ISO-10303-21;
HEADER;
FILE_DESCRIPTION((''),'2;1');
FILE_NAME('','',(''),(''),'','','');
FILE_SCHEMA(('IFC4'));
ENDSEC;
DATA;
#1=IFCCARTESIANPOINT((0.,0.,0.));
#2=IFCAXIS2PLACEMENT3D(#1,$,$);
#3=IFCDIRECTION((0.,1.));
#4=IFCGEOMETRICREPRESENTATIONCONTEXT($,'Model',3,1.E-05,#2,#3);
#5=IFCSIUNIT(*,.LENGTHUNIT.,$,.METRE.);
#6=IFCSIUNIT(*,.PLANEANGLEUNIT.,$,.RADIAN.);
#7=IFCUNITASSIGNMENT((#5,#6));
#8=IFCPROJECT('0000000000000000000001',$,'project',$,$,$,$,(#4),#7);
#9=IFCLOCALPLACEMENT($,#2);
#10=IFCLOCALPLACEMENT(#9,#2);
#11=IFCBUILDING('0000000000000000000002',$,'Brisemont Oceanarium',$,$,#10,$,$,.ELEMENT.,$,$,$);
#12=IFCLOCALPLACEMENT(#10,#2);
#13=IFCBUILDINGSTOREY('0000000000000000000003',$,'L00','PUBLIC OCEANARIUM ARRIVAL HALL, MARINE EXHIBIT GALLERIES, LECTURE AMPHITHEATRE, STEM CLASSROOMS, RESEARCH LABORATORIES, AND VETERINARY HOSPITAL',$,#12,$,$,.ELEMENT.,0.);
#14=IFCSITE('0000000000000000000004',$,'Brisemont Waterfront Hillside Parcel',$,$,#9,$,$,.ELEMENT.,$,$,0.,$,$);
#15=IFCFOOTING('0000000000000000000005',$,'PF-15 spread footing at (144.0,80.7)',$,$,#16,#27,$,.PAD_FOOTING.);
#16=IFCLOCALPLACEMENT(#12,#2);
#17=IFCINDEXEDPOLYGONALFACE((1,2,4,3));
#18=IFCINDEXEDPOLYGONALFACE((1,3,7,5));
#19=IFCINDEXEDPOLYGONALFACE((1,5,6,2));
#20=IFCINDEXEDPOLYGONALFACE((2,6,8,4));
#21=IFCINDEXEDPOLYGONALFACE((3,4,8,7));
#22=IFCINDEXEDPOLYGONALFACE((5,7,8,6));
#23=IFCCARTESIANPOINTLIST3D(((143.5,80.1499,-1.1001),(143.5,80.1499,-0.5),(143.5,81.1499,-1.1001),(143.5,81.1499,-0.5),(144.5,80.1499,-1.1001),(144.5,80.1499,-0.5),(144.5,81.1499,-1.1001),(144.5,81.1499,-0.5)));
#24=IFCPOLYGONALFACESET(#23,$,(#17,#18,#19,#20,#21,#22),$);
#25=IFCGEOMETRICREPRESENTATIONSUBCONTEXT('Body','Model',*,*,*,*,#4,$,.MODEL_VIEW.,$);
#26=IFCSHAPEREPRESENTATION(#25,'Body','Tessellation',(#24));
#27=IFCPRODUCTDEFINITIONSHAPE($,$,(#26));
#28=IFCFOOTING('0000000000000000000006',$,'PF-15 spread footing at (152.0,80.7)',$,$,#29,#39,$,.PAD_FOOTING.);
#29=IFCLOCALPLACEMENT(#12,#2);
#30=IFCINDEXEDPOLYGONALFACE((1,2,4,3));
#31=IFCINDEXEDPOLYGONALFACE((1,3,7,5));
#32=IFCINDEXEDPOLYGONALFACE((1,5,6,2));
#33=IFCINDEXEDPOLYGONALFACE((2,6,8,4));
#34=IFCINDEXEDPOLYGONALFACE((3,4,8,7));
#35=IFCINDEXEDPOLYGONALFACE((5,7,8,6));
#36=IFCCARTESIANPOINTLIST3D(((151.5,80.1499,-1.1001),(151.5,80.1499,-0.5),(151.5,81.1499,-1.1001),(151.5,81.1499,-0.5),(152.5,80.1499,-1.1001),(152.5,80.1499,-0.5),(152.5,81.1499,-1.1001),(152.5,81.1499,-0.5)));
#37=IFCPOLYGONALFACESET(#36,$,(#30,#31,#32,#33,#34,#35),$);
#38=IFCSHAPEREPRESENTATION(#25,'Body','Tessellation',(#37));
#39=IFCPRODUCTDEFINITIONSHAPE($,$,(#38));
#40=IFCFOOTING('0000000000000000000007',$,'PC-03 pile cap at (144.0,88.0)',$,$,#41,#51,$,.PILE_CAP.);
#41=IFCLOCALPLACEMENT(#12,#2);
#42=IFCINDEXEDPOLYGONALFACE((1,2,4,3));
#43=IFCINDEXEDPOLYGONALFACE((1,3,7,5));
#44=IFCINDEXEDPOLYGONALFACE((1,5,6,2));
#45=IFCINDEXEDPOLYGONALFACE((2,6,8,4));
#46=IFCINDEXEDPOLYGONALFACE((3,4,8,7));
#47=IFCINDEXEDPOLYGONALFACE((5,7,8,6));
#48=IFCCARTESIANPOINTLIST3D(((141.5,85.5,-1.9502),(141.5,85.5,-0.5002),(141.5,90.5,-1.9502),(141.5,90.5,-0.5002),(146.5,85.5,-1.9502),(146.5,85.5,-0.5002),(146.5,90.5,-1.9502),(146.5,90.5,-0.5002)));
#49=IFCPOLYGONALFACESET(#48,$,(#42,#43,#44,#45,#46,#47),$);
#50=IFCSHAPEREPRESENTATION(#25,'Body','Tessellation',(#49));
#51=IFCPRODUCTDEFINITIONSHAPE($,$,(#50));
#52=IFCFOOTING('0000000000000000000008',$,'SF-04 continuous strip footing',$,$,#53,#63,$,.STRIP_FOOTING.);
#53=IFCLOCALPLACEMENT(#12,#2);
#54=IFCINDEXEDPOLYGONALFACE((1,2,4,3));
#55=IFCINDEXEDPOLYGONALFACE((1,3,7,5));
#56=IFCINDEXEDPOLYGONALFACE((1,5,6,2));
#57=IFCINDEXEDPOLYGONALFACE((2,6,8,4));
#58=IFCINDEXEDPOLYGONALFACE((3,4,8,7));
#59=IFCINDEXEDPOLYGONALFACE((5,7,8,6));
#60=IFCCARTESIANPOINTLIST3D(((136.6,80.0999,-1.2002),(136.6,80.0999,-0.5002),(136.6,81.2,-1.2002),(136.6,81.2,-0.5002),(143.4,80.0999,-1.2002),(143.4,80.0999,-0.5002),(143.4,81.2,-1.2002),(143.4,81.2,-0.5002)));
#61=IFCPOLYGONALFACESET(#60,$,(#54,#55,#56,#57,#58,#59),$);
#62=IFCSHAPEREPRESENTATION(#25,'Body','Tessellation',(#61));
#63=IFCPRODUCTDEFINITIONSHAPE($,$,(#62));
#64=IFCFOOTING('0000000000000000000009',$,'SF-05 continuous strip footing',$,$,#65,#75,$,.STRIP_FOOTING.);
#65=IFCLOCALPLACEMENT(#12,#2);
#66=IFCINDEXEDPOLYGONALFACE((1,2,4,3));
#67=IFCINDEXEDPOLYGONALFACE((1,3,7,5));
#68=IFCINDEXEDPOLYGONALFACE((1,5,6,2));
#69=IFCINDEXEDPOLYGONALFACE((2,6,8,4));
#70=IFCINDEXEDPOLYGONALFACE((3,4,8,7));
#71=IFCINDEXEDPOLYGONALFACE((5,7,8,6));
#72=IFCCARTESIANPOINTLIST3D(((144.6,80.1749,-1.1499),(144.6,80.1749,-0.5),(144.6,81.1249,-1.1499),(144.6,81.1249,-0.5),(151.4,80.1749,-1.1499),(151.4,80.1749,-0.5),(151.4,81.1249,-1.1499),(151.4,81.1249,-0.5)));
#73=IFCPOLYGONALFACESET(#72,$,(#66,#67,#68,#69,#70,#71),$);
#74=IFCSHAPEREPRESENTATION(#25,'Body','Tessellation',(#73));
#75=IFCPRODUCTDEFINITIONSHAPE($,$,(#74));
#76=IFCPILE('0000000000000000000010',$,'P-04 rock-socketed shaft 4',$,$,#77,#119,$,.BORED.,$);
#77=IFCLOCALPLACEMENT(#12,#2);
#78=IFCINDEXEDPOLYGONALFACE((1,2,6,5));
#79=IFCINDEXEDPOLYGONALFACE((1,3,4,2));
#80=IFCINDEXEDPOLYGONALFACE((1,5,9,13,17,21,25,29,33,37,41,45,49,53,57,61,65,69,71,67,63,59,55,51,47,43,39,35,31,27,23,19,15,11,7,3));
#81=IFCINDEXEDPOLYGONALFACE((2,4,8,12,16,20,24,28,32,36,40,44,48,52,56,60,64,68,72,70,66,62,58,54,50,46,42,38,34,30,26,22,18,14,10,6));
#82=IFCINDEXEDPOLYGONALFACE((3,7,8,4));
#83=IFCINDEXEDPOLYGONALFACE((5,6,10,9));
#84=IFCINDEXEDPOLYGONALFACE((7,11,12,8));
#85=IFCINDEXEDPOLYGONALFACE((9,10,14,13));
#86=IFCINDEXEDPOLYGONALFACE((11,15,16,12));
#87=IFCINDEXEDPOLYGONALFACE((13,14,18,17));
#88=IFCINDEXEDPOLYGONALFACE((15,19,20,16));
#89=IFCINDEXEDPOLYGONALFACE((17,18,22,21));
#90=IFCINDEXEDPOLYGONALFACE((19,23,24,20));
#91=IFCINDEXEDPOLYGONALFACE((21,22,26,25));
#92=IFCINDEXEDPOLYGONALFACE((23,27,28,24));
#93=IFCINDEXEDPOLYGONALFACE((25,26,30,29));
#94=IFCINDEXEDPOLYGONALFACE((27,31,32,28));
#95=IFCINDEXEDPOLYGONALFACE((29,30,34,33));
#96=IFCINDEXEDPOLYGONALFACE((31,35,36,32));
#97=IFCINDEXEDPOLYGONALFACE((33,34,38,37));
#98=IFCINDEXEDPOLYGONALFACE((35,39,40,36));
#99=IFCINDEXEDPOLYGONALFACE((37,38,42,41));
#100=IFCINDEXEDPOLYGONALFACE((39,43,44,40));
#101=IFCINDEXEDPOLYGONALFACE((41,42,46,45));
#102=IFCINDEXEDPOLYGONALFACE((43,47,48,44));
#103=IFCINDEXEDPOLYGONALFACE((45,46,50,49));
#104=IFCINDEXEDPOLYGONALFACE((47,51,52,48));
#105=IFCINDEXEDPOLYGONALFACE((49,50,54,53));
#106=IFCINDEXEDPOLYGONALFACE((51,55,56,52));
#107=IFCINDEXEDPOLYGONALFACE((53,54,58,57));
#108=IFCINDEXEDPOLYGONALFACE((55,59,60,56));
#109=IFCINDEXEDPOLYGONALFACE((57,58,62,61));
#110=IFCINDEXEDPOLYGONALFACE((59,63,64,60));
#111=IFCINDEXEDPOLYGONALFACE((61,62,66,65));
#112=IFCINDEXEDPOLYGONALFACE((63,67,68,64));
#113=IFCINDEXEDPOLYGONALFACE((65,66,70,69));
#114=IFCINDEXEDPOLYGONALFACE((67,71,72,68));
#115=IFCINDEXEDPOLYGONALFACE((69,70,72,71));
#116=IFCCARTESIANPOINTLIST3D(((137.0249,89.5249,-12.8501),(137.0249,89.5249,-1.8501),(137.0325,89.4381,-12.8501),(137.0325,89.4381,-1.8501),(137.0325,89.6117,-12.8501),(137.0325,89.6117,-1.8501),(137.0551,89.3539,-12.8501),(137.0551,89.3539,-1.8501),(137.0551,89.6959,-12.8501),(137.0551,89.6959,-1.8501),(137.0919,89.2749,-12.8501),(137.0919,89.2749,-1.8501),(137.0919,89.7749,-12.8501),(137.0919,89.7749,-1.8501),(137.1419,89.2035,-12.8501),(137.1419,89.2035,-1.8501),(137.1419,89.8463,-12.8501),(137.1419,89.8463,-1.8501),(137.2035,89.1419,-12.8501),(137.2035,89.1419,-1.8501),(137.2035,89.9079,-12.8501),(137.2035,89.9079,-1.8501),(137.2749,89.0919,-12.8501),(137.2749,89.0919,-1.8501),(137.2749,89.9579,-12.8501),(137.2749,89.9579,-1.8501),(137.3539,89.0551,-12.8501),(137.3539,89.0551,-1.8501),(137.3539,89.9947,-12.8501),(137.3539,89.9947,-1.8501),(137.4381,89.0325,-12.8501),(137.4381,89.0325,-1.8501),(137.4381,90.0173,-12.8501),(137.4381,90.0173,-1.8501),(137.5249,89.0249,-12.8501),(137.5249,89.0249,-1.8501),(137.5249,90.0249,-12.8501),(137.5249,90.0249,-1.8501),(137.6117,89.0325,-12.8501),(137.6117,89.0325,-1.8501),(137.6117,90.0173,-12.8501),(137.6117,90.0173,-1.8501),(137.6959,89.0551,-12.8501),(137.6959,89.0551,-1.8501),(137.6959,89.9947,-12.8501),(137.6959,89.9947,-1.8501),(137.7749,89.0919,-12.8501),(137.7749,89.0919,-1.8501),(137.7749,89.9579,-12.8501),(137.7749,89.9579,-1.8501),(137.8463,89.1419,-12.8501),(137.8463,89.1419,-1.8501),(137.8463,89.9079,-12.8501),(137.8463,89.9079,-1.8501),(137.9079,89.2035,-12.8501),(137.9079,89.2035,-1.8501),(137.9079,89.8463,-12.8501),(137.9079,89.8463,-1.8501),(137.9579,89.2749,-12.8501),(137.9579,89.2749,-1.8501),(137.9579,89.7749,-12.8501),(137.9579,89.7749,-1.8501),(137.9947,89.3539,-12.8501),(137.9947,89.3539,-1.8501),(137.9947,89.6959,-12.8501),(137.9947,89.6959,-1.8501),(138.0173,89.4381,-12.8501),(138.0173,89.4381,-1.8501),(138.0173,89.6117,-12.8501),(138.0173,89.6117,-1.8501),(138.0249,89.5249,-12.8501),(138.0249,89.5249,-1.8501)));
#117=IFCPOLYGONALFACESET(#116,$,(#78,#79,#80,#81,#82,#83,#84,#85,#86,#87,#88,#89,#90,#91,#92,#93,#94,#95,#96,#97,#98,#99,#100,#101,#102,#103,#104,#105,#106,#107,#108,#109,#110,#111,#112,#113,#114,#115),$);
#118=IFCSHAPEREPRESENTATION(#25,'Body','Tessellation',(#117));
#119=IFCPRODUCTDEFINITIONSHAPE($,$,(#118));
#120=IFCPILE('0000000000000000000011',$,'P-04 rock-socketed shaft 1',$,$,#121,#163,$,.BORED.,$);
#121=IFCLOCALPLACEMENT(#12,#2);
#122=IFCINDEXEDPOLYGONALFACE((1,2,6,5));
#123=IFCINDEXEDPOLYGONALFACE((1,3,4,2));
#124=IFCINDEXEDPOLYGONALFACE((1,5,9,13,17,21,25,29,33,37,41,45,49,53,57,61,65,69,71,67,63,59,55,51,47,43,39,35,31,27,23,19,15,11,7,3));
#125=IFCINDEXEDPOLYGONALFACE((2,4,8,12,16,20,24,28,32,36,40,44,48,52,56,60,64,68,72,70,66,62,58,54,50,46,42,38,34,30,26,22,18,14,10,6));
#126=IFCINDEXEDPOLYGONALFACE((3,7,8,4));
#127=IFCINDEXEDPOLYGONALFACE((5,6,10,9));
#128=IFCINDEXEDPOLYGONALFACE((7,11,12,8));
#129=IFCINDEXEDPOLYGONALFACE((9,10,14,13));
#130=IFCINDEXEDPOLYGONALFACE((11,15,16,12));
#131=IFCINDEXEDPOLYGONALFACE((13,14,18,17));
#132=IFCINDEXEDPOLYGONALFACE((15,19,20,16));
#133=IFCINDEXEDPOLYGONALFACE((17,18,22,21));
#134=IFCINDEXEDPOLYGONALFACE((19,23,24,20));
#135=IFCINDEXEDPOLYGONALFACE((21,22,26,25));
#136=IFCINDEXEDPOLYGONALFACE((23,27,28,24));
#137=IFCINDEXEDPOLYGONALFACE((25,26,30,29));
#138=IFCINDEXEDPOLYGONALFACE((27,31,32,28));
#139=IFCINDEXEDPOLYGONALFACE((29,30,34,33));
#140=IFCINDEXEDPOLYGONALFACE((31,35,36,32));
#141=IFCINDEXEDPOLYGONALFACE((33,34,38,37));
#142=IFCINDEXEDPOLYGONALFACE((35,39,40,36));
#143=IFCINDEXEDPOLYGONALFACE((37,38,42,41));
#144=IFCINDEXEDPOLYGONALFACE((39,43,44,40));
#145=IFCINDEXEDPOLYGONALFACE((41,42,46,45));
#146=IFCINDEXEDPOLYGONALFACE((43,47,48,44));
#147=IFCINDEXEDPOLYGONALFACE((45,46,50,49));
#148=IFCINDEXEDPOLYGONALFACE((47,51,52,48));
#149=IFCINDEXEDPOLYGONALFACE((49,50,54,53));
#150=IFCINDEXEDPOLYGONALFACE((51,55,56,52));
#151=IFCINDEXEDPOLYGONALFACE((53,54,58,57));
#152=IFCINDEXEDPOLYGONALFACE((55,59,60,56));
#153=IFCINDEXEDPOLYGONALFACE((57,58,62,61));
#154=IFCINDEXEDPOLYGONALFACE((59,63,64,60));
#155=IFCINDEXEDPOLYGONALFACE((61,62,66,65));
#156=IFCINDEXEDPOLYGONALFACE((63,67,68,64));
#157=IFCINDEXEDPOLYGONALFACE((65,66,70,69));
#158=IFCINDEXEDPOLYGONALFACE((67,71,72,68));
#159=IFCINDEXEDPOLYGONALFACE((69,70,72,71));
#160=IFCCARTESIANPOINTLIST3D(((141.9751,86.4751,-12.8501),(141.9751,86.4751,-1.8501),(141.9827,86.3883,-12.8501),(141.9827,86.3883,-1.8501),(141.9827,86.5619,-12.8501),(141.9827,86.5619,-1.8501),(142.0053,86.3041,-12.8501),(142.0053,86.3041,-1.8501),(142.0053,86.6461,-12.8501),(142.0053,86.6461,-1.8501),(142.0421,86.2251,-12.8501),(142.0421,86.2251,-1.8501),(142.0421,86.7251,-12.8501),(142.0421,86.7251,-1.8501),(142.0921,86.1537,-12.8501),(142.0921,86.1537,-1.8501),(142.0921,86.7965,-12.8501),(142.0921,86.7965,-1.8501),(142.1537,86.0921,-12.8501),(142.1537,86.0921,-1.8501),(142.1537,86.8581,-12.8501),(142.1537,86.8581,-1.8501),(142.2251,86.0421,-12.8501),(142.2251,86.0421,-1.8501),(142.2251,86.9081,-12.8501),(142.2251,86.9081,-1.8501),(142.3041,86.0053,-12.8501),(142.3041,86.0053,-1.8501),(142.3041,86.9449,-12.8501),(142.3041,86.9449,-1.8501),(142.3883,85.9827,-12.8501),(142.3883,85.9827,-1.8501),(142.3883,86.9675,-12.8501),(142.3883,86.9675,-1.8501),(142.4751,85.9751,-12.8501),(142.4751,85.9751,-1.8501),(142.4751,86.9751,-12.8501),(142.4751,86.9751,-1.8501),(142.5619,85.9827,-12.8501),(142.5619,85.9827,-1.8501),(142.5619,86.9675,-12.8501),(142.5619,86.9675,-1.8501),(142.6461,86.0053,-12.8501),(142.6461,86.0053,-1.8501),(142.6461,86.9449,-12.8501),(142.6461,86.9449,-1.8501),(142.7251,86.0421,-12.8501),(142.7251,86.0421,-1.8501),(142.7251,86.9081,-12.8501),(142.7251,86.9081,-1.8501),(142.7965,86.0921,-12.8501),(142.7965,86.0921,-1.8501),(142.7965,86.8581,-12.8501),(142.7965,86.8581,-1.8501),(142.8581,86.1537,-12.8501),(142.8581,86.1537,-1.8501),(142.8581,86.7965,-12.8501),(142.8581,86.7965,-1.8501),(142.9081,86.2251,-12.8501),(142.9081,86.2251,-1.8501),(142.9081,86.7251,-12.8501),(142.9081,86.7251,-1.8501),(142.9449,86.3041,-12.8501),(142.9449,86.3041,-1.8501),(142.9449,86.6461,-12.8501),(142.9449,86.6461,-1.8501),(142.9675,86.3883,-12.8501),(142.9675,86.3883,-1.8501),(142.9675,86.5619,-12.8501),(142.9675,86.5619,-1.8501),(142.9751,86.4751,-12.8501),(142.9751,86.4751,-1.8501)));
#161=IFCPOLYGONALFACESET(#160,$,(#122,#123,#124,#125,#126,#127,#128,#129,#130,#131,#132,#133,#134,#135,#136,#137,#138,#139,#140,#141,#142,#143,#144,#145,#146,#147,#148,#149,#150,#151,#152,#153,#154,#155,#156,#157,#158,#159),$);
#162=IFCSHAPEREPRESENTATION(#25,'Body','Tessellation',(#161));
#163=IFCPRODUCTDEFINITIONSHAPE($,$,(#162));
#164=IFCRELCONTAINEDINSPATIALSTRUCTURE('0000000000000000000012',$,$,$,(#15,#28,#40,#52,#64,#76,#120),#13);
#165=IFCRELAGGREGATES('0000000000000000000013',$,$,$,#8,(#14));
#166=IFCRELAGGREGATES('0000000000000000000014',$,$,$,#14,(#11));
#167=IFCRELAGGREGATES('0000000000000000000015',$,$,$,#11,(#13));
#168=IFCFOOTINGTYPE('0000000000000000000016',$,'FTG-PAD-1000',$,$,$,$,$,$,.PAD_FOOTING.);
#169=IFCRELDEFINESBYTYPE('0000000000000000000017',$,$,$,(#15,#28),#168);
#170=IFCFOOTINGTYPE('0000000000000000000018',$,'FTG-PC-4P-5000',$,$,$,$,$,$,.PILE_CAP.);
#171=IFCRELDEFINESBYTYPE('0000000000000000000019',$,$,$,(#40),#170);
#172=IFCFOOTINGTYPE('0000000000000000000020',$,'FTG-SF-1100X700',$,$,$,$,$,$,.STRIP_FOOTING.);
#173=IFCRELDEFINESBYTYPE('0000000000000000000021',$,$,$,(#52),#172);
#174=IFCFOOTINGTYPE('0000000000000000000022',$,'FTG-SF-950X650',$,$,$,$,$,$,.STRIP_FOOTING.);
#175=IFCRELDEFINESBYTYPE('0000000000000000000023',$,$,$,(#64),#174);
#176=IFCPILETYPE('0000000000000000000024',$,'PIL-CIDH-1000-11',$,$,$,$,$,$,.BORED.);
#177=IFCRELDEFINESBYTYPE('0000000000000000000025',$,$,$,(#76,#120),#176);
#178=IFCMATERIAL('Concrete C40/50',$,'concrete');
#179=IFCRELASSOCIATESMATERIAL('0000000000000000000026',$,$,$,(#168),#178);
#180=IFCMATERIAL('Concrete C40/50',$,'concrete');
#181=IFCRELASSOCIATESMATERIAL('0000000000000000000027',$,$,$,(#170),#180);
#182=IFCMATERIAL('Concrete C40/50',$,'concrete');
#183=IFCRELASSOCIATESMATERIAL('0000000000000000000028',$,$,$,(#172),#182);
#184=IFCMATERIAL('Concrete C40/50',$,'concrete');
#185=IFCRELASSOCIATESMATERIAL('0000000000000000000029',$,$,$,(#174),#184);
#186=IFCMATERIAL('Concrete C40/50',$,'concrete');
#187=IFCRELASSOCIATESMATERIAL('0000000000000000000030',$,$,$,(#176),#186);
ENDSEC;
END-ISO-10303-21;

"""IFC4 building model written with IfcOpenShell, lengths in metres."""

from ifc_helpers import new_model, si_unit, direction, frame, origin, origin_2d, place, context, subcontext, project, spatial, rectangle, circle, extrude, material, material_profile, profile_set, type_object, element, save


model = new_model("IFC4")

# Units and contexts
model_context = context("Model", 3, precision=1e-05, world=origin(), true_north=direction((0.0, 1.0)))
body_context = subcontext(model_context, "Body", "Model", "MODEL_VIEW")
ifc_project = project(units=[si_unit("LENGTHUNIT", "METRE"), si_unit("PLANEANGLEUNIT", "RADIAN")], contexts=[model_context])

# Site, building, storey
site_placement = place(None, origin())
site = spatial("IfcSite", under=ifc_project, at=site_placement, Name="Brisemont Waterfront Hillside Parcel", CompositionType="ELEMENT", RefElevation=0.0)
building_placement = place(site_placement, origin())
building = spatial("IfcBuilding", under=site, at=building_placement, Name="Brisemont Oceanarium", CompositionType="ELEMENT")
storey_placement = place(building_placement, origin())
storey = spatial("IfcBuildingStorey", under=building, at=storey_placement, Name="L00", Description="PUBLIC OCEANARIUM ARRIVAL HALL, MARINE EXHIBIT GALLERIES, LECTURE AMPHITHEATRE, STEM CLASSROOMS, RESEARCH LABORATORIES, AND VETERINARY HOSPITAL", CompositionType="ELEMENT", Elevation=0.0)

# Footings
ifc_material_1 = material(Name="Concrete C40/50", Category="concrete")
footing_type_1 = type_object("IfcFootingType", Name="FTG-PAD-1000", PredefinedType="PAD_FOOTING", material=ifc_material_1)
for number, where, z_axis, x_axis, name in (
    (1, (144.0, 80.6499, -1.1001), (0.0, 0.0, 1.0), (1.0, 0.0, 0.0), "PF-15 spread footing at (144.0,80.7)"),
    (2, (152.0, 80.6499, -1.1001), (0.0, 0.0, 1.0), (1.0, 0.0, 0.0), "PF-15 spread footing at (152.0,80.7)"),
):
    element("IfcFooting", number, at=place(storey_placement, frame(where, z_axis=z_axis, x_axis=x_axis)), inside=storey, type_object=footing_type_1, Name=name, PredefinedType="PAD_FOOTING", context=body_context, shape_type="SweptSolid", body=[
        extrude(rectangle(XDim=1.0, YDim=1.0, at=origin_2d()), origin(), (0.0, 0.0, 1.0), 0.6001),
    ])
ifc_material_2 = material(Name="Concrete C40/50", Category="concrete")
footing_type_2 = type_object("IfcFootingType", Name="FTG-PC-4P-5000", PredefinedType="PILE_CAP", material=ifc_material_2)
footing_1_placement = place(storey_placement, frame((144.0, 88.0, -1.9502), z_axis=(0.0, 0.0, 1.0), x_axis=(1.0, 0.0, 0.0)))
element("IfcFooting", 3, at=footing_1_placement, inside=storey, type_object=footing_type_2, Name="PC-03 pile cap at (144.0,88.0)", PredefinedType="PILE_CAP", context=body_context, shape_type="SweptSolid", body=[
    extrude(rectangle(XDim=5.0, YDim=5.0, at=origin_2d()), origin(), (0.0, 0.0, 1.0), 1.45),
])
ifc_material_3 = material(Name="Concrete C40/50", Category="concrete")
footing_type_3 = type_object("IfcFootingType", Name="FTG-SF-1100X700", PredefinedType="STRIP_FOOTING", material=ifc_material_3)
footing_2_placement = place(storey_placement, frame((140.0, 80.6499, -1.2002), z_axis=(0.0, 0.0, 1.0), x_axis=(1.0, 0.0, 0.0)))
element("IfcFooting", 4, at=footing_2_placement, inside=storey, type_object=footing_type_3, Name="SF-04 continuous strip footing", PredefinedType="STRIP_FOOTING", context=body_context, shape_type="SweptSolid", body=[
    extrude(rectangle(XDim=6.8, YDim=1.1001, at=origin_2d()), origin(), (0.0, 0.0, 1.0), 0.7),
])
ifc_material_4 = material(Name="Concrete C40/50", Category="concrete")
footing_type_4 = type_object("IfcFootingType", Name="FTG-SF-950X650", PredefinedType="STRIP_FOOTING", material=ifc_material_4)
footing_3_placement = place(storey_placement, frame((148.0, 80.6499, -1.1499), z_axis=(0.0, 0.0, 1.0), x_axis=(1.0, 0.0, 0.0)))
element("IfcFooting", 5, at=footing_3_placement, inside=storey, type_object=footing_type_4, Name="SF-05 continuous strip footing", PredefinedType="STRIP_FOOTING", context=body_context, shape_type="SweptSolid", body=[
    extrude(rectangle(XDim=6.8, YDim=0.95, at=origin_2d()), origin(), (0.0, 0.0, 1.0), 0.6499),
])

# Piles
ifc_material_5 = material(Name="Concrete C40/50", Category="concrete")
ifc_material_profile_1 = material_profile(ifc_material_5, circle(Radius=0.5, at=origin_2d()), Name="CIDH-D1000")
ifc_profile_set_1 = profile_set([ifc_material_profile_1], Name="Concrete C40/50")
pile_type = type_object("IfcPileType", Name="PIL-CIDH-1000-11", PredefinedType="BORED", material=ifc_profile_set_1)
for number, where, z_axis, x_axis, name in (
    (6, (137.5249, 89.5249, -1.8501), (0.0, 0.0, -1.0), (1.0, 0.0, 0.0), "P-04 rock-socketed shaft 4"),
    (7, (142.4751, 86.4751, -1.8501), (0.0, 0.0, -1.0), (1.0, 0.0, 0.0), "P-04 rock-socketed shaft 1"),
):
    element("IfcPile", number, at=place(storey_placement, frame(where, z_axis=z_axis, x_axis=x_axis)), inside=storey, type_object=pile_type, Name=name, PredefinedType="BORED", context=body_context, shape_type="SweptSolid", body=[
        extrude(circle(Radius=0.5, at=origin_2d()), origin(), (0.0, 0.0, 1.0), 11.0),
    ])

save(model, "model.ifc")
